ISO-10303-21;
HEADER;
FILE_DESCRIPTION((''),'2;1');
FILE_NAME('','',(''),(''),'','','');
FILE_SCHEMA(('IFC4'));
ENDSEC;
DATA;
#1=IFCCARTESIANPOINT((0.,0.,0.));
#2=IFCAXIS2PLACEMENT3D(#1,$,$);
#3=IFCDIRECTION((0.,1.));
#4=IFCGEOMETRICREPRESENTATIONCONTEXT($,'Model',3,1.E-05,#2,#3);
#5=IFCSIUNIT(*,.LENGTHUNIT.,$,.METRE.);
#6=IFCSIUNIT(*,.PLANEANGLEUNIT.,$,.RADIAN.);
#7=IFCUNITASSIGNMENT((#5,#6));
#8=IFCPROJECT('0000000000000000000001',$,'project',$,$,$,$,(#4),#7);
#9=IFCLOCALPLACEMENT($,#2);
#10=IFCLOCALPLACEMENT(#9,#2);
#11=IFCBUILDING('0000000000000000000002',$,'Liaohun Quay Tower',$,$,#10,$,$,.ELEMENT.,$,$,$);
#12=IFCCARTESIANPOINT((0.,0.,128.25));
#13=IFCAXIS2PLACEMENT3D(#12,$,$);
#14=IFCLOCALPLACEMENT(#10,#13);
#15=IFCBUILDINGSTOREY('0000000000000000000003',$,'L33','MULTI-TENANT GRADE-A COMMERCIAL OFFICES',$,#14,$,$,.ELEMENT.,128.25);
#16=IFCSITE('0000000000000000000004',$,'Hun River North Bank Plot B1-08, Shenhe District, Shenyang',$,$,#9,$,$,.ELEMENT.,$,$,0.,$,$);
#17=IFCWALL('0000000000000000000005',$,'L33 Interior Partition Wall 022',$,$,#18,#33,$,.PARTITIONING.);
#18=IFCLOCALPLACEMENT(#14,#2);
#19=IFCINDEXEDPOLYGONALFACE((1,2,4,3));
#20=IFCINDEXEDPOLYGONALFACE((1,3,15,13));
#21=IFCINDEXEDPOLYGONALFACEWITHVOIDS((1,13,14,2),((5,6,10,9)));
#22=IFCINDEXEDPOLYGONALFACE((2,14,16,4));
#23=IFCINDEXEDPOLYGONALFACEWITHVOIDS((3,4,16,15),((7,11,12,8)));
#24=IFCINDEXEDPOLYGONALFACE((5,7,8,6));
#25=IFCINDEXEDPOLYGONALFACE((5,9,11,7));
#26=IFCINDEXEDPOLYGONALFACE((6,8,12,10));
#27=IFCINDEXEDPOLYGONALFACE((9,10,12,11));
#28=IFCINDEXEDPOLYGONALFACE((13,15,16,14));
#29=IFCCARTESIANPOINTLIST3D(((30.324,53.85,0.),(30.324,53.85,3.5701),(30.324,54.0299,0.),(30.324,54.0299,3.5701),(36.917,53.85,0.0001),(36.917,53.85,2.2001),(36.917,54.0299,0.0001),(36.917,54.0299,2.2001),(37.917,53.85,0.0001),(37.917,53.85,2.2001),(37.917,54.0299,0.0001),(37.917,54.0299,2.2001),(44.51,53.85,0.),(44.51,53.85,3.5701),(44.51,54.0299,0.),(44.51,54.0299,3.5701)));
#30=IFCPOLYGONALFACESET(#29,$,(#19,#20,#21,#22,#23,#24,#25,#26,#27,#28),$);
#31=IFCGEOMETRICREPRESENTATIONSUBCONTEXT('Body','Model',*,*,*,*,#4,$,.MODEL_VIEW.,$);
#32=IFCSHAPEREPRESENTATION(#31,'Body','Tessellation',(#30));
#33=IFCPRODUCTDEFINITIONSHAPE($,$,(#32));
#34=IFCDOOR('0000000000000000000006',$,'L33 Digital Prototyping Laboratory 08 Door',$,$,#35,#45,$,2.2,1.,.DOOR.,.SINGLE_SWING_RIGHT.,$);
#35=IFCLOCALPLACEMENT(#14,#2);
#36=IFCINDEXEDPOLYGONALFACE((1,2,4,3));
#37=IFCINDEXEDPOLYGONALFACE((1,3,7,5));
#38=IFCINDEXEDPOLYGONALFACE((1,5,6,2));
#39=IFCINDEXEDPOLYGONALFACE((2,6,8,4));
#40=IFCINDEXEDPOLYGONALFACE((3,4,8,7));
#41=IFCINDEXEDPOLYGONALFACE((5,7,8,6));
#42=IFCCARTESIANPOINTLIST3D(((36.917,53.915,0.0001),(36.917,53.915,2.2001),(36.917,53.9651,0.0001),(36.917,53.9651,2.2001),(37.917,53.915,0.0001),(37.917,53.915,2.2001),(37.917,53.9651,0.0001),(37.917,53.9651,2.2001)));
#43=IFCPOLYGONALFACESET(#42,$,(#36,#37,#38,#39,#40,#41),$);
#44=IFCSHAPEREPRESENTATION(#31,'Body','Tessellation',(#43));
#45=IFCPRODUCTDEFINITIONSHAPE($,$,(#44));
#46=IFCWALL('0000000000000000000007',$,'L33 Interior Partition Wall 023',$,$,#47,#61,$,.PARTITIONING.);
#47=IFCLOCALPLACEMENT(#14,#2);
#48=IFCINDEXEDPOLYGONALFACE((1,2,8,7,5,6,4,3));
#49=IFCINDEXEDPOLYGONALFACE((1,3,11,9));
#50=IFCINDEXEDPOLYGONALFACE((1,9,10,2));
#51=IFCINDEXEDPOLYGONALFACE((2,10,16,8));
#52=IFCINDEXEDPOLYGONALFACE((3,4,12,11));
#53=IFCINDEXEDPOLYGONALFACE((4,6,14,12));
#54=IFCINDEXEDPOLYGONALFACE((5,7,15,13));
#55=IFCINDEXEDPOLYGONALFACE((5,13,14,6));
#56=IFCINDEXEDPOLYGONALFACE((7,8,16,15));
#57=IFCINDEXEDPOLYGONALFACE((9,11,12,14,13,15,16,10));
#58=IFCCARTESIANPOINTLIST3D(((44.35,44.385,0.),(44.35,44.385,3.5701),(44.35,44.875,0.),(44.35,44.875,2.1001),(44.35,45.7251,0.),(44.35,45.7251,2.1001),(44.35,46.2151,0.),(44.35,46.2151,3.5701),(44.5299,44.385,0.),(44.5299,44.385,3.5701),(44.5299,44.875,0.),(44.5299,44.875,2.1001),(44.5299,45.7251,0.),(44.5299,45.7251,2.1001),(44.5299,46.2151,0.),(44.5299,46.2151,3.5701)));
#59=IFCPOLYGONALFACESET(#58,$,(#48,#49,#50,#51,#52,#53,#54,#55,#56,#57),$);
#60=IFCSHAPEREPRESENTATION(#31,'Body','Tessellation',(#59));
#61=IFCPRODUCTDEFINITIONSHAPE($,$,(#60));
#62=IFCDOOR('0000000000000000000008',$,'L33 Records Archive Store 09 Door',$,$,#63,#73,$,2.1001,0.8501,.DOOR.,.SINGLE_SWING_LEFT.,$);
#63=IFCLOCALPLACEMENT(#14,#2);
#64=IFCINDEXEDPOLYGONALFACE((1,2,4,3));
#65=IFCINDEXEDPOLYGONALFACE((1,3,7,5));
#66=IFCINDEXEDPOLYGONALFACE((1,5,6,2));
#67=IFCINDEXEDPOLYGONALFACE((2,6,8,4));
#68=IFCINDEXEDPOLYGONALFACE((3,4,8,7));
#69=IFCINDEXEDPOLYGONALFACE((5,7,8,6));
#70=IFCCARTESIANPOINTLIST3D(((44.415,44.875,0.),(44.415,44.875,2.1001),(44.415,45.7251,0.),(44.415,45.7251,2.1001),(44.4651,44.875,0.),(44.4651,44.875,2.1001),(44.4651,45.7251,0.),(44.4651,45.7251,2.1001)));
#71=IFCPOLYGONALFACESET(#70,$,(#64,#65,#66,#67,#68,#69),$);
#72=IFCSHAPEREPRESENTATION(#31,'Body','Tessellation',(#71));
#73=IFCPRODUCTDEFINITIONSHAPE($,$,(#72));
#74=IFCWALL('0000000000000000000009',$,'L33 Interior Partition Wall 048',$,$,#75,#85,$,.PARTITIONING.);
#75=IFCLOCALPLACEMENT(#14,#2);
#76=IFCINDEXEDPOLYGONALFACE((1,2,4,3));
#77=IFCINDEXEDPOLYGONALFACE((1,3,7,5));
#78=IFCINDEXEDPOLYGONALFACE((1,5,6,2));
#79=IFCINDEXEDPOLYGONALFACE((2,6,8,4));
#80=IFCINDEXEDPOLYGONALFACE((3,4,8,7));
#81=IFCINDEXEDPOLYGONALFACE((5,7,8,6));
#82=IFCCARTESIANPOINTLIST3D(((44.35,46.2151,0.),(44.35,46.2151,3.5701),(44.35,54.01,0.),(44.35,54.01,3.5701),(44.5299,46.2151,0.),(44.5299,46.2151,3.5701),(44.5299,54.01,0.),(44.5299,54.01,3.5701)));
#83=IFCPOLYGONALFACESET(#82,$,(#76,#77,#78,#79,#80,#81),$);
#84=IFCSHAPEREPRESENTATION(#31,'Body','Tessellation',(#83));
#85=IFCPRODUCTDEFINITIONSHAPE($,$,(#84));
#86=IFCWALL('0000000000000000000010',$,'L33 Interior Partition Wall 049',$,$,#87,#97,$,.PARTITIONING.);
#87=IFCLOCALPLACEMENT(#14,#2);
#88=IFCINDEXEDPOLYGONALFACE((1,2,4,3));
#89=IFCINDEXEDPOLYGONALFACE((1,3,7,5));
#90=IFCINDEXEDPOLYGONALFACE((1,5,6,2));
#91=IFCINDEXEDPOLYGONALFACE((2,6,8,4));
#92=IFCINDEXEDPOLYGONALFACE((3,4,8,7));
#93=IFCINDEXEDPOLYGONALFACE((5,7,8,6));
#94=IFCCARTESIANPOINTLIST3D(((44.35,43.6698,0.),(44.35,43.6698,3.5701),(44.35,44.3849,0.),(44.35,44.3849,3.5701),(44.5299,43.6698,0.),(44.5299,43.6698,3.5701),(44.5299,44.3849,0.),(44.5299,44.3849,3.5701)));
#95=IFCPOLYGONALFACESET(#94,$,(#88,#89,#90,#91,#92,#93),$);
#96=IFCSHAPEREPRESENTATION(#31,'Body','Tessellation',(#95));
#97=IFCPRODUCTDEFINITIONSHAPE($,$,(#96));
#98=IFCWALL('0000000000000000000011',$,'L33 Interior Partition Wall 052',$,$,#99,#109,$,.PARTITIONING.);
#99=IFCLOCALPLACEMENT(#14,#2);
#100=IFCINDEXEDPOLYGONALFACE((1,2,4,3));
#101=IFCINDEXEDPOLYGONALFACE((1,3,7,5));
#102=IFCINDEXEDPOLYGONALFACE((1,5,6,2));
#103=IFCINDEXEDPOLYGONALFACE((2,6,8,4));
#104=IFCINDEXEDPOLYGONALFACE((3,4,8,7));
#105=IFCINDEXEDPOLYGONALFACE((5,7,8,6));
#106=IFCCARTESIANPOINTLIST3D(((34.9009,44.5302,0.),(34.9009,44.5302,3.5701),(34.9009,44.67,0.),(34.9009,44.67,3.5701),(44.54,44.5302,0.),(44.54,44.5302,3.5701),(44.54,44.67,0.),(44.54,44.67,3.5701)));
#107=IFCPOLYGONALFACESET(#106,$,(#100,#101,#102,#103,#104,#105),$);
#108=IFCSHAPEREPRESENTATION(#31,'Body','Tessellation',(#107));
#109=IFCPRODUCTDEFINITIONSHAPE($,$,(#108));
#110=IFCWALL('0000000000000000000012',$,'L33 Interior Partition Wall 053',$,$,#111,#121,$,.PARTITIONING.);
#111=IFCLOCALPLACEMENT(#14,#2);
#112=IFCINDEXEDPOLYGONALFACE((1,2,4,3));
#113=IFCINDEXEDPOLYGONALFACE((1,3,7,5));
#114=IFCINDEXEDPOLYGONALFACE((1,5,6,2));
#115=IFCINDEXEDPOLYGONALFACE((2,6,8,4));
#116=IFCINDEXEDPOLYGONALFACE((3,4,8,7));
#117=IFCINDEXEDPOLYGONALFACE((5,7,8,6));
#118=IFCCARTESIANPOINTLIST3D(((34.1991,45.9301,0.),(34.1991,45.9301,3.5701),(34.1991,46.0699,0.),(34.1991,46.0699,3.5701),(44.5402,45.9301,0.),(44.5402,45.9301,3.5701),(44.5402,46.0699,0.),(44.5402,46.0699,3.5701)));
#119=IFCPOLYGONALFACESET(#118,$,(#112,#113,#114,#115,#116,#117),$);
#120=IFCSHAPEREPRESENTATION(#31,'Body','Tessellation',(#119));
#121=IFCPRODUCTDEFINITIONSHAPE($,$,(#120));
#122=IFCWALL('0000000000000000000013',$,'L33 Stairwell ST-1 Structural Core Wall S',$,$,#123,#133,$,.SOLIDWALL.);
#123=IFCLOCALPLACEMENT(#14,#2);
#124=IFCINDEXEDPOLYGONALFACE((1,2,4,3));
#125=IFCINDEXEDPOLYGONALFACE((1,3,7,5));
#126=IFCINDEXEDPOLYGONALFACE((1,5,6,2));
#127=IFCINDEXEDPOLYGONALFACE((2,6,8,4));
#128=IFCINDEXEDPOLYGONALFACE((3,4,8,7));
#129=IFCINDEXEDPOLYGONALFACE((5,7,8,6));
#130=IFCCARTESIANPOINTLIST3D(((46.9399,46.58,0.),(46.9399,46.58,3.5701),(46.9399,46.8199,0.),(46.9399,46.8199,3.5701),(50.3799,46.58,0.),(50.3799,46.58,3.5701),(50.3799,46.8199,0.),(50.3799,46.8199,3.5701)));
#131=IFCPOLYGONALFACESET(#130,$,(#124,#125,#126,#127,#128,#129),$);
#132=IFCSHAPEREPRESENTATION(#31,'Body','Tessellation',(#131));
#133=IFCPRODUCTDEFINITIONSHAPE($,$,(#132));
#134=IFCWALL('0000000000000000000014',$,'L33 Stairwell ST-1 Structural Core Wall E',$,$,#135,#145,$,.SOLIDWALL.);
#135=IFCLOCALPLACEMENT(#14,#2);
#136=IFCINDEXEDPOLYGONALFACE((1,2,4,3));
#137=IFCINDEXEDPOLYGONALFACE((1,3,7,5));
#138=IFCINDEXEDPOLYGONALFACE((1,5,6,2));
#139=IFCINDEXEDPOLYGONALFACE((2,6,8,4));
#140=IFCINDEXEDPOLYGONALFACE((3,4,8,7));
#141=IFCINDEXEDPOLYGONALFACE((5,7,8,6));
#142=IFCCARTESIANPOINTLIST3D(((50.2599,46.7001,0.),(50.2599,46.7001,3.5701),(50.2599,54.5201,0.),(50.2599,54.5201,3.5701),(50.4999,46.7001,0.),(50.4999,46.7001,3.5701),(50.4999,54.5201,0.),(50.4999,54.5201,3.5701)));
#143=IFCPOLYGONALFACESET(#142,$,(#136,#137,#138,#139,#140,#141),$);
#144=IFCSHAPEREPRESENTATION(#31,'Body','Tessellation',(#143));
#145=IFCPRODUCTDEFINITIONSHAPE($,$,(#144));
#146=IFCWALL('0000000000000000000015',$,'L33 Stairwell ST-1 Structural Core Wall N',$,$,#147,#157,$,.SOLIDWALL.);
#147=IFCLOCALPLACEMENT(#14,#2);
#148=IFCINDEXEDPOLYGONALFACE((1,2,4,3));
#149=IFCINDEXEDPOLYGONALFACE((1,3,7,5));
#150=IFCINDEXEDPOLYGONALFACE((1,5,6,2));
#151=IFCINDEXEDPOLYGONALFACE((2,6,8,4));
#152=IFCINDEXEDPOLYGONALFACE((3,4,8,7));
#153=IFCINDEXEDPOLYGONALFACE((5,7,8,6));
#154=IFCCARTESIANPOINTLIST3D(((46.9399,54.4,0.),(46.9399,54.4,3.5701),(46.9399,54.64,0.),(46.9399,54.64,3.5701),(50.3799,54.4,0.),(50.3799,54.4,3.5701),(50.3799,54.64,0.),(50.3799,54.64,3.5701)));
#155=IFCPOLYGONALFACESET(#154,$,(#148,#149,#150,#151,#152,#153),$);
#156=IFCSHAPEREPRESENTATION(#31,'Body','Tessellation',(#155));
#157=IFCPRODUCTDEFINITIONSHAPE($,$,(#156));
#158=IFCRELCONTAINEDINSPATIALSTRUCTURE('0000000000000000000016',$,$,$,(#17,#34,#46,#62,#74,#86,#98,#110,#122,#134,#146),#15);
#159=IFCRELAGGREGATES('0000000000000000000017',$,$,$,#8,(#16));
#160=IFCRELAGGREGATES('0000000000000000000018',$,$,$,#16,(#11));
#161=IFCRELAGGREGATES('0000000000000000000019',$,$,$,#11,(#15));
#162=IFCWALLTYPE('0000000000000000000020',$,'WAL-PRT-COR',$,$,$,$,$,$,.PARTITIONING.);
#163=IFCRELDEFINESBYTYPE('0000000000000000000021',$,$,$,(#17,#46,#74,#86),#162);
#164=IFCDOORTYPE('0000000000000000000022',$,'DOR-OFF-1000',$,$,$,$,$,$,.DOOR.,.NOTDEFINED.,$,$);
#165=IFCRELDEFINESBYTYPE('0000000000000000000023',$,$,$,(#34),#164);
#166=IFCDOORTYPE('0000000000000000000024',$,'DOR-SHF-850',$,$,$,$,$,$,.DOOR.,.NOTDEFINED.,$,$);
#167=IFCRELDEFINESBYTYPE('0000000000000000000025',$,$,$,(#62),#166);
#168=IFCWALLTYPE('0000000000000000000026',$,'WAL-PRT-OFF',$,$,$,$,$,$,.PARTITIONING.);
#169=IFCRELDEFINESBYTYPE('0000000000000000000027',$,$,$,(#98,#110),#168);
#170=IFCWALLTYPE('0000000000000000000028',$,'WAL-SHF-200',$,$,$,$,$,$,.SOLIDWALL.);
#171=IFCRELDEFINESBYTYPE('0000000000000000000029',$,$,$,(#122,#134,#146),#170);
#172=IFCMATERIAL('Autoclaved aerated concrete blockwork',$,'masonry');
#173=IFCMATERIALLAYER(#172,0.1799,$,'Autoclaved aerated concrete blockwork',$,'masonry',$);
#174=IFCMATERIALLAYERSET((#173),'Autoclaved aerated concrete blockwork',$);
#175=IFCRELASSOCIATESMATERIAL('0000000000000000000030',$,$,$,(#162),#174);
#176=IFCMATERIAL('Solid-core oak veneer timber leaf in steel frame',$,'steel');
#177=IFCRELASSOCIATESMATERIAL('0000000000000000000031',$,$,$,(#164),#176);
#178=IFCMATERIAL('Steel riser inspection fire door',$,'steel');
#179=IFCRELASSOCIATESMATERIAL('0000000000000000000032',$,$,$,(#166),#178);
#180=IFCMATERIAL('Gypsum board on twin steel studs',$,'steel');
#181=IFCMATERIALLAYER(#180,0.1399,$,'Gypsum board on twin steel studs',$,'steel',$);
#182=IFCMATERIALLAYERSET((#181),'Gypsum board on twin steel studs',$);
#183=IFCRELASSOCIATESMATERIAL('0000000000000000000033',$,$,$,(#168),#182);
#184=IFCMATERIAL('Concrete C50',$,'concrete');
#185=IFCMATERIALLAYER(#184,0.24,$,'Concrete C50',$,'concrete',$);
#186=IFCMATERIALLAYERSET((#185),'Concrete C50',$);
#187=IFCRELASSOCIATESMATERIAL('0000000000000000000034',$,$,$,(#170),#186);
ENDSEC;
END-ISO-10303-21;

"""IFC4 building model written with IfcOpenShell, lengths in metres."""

from ifc_helpers import new_model, si_unit, direction, frame, frame_2d, origin, place, context, subcontext, project, spatial, rectangle, extrude, source, transform, mapped, material, layer, layer_set, type_object, element, fill, save


model = new_model("IFC4")

# Units and contexts
model_context = context("Model", 3, precision=1e-05, world=origin(), true_north=direction((0.0, 1.0)))
body_context = subcontext(model_context, "Body", "Model", "MODEL_VIEW")
ifc_project = project(units=[si_unit("LENGTHUNIT", "METRE"), si_unit("PLANEANGLEUNIT", "RADIAN")], contexts=[model_context])

# Site, building, storey
site_placement = place(None, origin())
site = spatial("IfcSite", under=ifc_project, at=site_placement, Name="Hun River North Bank Plot B1-08, Shenhe District, Shenyang", CompositionType="ELEMENT", RefElevation=0.0)
building_placement = place(site_placement, origin())
building = spatial("IfcBuilding", under=site, at=building_placement, Name="Liaohun Quay Tower", CompositionType="ELEMENT")
storey_placement = place(building_placement, frame((0.0, 0.0, 128.25)))
storey = spatial("IfcBuildingStorey", under=building, at=storey_placement, Name="L33", Description="MULTI-TENANT GRADE-A COMMERCIAL OFFICES", CompositionType="ELEMENT", Elevation=128.25)

# Walls, openings, doors
ifc_material_1 = material(Name="Autoclaved aerated concrete blockwork", Category="masonry")
ifc_layer_1 = layer(ifc_material_1, 0.1799, Name="Autoclaved aerated concrete blockwork", Category="masonry")
ifc_layer_set_1 = layer_set([ifc_layer_1], Name="Autoclaved aerated concrete blockwork")
wall_type_1 = type_object("IfcWallType", Name="WAL-PRT-COR", PredefinedType="PARTITIONING", material=ifc_layer_set_1)
wall_1_placement = place(storey_placement, frame((44.51, 53.9399, 0.0), z_axis=(0.0, 0.0, 1.0), x_axis=(-1.0, 0.0, 0.0)))
wall_1 = element("IfcWall", 1, at=wall_1_placement, inside=storey, type_object=wall_type_1, Name="L33 Interior Partition Wall 022", PredefinedType="PARTITIONING", context=body_context, shape_type="SweptSolid", body=[
    extrude(rectangle(XDim=14.186, YDim=0.1799, at=frame_2d((7.093, 0.0))), origin(), (0.0, 0.0, 1.0), 3.5701),
])
shared_shape_1 = source(origin(), body_context, "Body", "SweptSolid", [
    extrude(rectangle(XDim=1.0, YDim=2.2, at=frame_2d((0.5, 1.1001))), frame((0.0, 0.0999, 0.0), z_axis=(0.0, -1.0, 0.0), x_axis=(1.0, 0.0, 0.0)), (0.0, 0.0, 1.0), 0.2),
])
opening_1_placement = place(wall_1_placement, frame((6.593, 0.0, 0.0)))
opening_1 = element("IfcOpeningElement", 2, at=opening_1_placement, cuts=wall_1, PredefinedType="OPENING", context=body_context, shape_type="MappedRepresentation", body=[
    mapped(shared_shape_1, transform((0.0, 0.0, 0.0), x_axis=(1.0, 0.0, 0.0), y_axis=(0.0, 1.0, 0.0), z_axis=(0.0, 0.0, 1.0), scale=1.0)),
])
ifc_material_2 = material(Name="Solid-core oak veneer timber leaf in steel frame", Category="steel")
door_type_1 = type_object("IfcDoorType", Name="DOR-OFF-1000", OperationType="NOTDEFINED", PredefinedType="DOOR", material=ifc_material_2)
shared_shape_2 = source(origin(), body_context, "Body", "SweptSolid", [
    extrude(rectangle(XDim=1.0, YDim=2.2, at=frame_2d((0.5, 1.1001))), frame((0.0, 0.0249, 0.0), z_axis=(0.0, -1.0, 0.0), x_axis=(1.0, 0.0, 0.0)), (0.0, 0.0, 1.0), 0.05),
])
door_1_placement = place(opening_1_placement, origin())
door_1 = element("IfcDoor", 3, at=door_1_placement, inside=storey, type_object=door_type_1, Name="L33 Digital Prototyping Laboratory 08 Door", OperationType="SINGLE_SWING_RIGHT", OverallHeight=2.2, OverallWidth=1.0, PredefinedType="DOOR", context=body_context, shape_type="MappedRepresentation", body=[
    mapped(shared_shape_2, transform((0.0, 0.0, 0.0), x_axis=(1.0, 0.0, 0.0), y_axis=(0.0, 1.0, 0.0), z_axis=(0.0, 0.0, 1.0), scale=1.0)),
])
fill(opening_1, door_1)
wall_2_placement = place(storey_placement, frame((44.4399, 44.385, 0.0), z_axis=(0.0, 0.0, 1.0), x_axis=(0.0, 1.0, 0.0)))
wall_2 = element("IfcWall", 4, at=wall_2_placement, inside=storey, type_object=wall_type_1, Name="L33 Interior Partition Wall 023", PredefinedType="PARTITIONING", context=body_context, shape_type="SweptSolid", body=[
    extrude(rectangle(XDim=1.8301, YDim=0.1799, at=frame_2d((0.915, 0.0))), origin(), (0.0, 0.0, 1.0), 3.5701),
])
shared_shape_3 = source(origin(), body_context, "Body", "SweptSolid", [
    extrude(rectangle(XDim=0.8501, YDim=2.1001, at=frame_2d((0.425, 1.05))), frame((0.0, 0.0999, 0.0), z_axis=(0.0, -1.0, 0.0), x_axis=(1.0, 0.0, 0.0)), (0.0, 0.0, 1.0), 0.2),
])
opening_2_placement = place(wall_2_placement, frame((0.49, 0.0, 0.0)))
opening_2 = element("IfcOpeningElement", 5, at=opening_2_placement, cuts=wall_2, PredefinedType="OPENING", context=body_context, shape_type="MappedRepresentation", body=[
    mapped(shared_shape_3, transform((0.0, 0.0, 0.0), x_axis=(1.0, 0.0, 0.0), y_axis=(0.0, 1.0, 0.0), z_axis=(0.0, 0.0, 1.0), scale=1.0)),
])
ifc_material_3 = material(Name="Steel riser inspection fire door", Category="steel")
door_type_2 = type_object("IfcDoorType", Name="DOR-SHF-850", OperationType="NOTDEFINED", PredefinedType="DOOR", material=ifc_material_3)
shared_shape_4 = source(origin(), body_context, "Body", "SweptSolid", [
    extrude(rectangle(XDim=0.8501, YDim=2.1001, at=frame_2d((0.425, 1.05))), frame((0.0, 0.0249, 0.0), z_axis=(0.0, -1.0, 0.0), x_axis=(1.0, 0.0, 0.0)), (0.0, 0.0, 1.0), 0.05),
])
door_2_placement = place(opening_2_placement, origin())
door_2 = element("IfcDoor", 6, at=door_2_placement, inside=storey, type_object=door_type_2, Name="L33 Records Archive Store 09 Door", OperationType="SINGLE_SWING_LEFT", OverallHeight=2.1001, OverallWidth=0.8501, PredefinedType="DOOR", context=body_context, shape_type="MappedRepresentation", body=[
    mapped(shared_shape_4, transform((0.0, 0.0, 0.0), x_axis=(1.0, 0.0, 0.0), y_axis=(0.0, 1.0, 0.0), z_axis=(0.0, 0.0, 1.0), scale=1.0)),
])
fill(opening_2, door_2)

# Walls
wall_3_placement = place(storey_placement, frame((44.4399, 46.2151, 0.0), z_axis=(0.0, 0.0, 1.0), x_axis=(0.0, 1.0, 0.0)))
element("IfcWall", 7, at=wall_3_placement, inside=storey, type_object=wall_type_1, Name="L33 Interior Partition Wall 048", PredefinedType="PARTITIONING", context=body_context, shape_type="SweptSolid", body=[
    extrude(rectangle(XDim=7.7949, YDim=0.1799, at=frame_2d((3.8975, 0.0))), origin(), (0.0, 0.0, 1.0), 3.5701),
])
wall_4_placement = place(storey_placement, frame((44.4399, 43.6699, 0.0), z_axis=(0.0, 0.0, 1.0), x_axis=(0.0, 1.0, 0.0)))
element("IfcWall", 8, at=wall_4_placement, inside=storey, type_object=wall_type_1, Name="L33 Interior Partition Wall 049", PredefinedType="PARTITIONING", context=body_context, shape_type="SweptSolid", body=[
    extrude(rectangle(XDim=0.7151, YDim=0.1799, at=frame_2d((0.3574, 0.0))), origin(), (0.0, 0.0, 1.0), 3.5701),
])
ifc_material_4 = material(Name="Gypsum board on twin steel studs", Category="steel")
ifc_layer_2 = layer(ifc_material_4, 0.1399, Name="Gypsum board on twin steel studs", Category="steel")
ifc_layer_set_2 = layer_set([ifc_layer_2], Name="Gypsum board on twin steel studs")
wall_type_2 = type_object("IfcWallType", Name="WAL-PRT-OFF", PredefinedType="PARTITIONING", material=ifc_layer_set_2)
wall_5_placement = place(storey_placement, frame((44.54, 44.6001, 0.0), z_axis=(0.0, 0.0, 1.0), x_axis=(-1.0, 0.0, 0.0)))
element("IfcWall", 9, at=wall_5_placement, inside=storey, type_object=wall_type_2, Name="L33 Interior Partition Wall 052", PredefinedType="PARTITIONING", context=body_context, shape_type="SweptSolid", body=[
    extrude(rectangle(XDim=9.6392, YDim=0.1399, at=frame_2d((4.8196, 0.0))), origin(), (0.0, 0.0, 1.0), 3.5701),
])
wall_6_placement = place(storey_placement, frame((44.54, 46.0, 0.0), z_axis=(0.0, 0.0, 1.0), x_axis=(-1.0, 0.0, 0.0)))
element("IfcWall", 10, at=wall_6_placement, inside=storey, type_object=wall_type_2, Name="L33 Interior Partition Wall 053", PredefinedType="PARTITIONING", context=body_context, shape_type="SweptSolid", body=[
    extrude(rectangle(XDim=10.3411, YDim=0.1399, at=frame_2d((5.1704, 0.0))), origin(), (0.0, 0.0, 1.0), 3.5701),
])
ifc_material_5 = material(Name="Concrete C50", Category="concrete")
ifc_layer_3 = layer(ifc_material_5, 0.24, Name="Concrete C50", Category="concrete")
ifc_layer_set_3 = layer_set([ifc_layer_3], Name="Concrete C50")
wall_type_3 = type_object("IfcWallType", Name="WAL-SHF-200", PredefinedType="SOLIDWALL", material=ifc_layer_set_3)
wall_7_placement = place(storey_placement, frame((46.9399, 46.7, 0.0), z_axis=(0.0, 0.0, 1.0), x_axis=(1.0, 0.0, 0.0)))
element("IfcWall", 11, at=wall_7_placement, inside=storey, type_object=wall_type_3, Name="L33 Stairwell ST-1 Structural Core Wall S", PredefinedType="SOLIDWALL", context=body_context, shape_type="SweptSolid", body=[
    extrude(rectangle(XDim=3.4399, YDim=0.24, at=frame_2d((1.72, 0.0))), origin(), (0.0, 0.0, 1.0), 3.5701),
])
wall_8_placement = place(storey_placement, frame((50.3799, 46.7, 0.0), z_axis=(0.0, 0.0, 1.0), x_axis=(0.0, 1.0, 0.0)))
element("IfcWall", 12, at=wall_8_placement, inside=storey, type_object=wall_type_3, Name="L33 Stairwell ST-1 Structural Core Wall E", PredefinedType="SOLIDWALL", context=body_context, shape_type="SweptSolid", body=[
    extrude(rectangle(XDim=7.8201, YDim=0.24, at=frame_2d((3.9102, 0.0))), origin(), (0.0, 0.0, 1.0), 3.5701),
])
wall_9_placement = place(storey_placement, frame((50.3799, 54.52, 0.0), z_axis=(0.0, 0.0, 1.0), x_axis=(-1.0, 0.0, 0.0)))
element("IfcWall", 13, at=wall_9_placement, inside=storey, type_object=wall_type_3, Name="L33 Stairwell ST-1 Structural Core Wall N", PredefinedType="SOLIDWALL", context=body_context, shape_type="SweptSolid", body=[
    extrude(rectangle(XDim=3.4399, YDim=0.24, at=frame_2d((1.72, 0.0))), origin(), (0.0, 0.0, 1.0), 3.5701),
])

save(model, "model.ifc")
